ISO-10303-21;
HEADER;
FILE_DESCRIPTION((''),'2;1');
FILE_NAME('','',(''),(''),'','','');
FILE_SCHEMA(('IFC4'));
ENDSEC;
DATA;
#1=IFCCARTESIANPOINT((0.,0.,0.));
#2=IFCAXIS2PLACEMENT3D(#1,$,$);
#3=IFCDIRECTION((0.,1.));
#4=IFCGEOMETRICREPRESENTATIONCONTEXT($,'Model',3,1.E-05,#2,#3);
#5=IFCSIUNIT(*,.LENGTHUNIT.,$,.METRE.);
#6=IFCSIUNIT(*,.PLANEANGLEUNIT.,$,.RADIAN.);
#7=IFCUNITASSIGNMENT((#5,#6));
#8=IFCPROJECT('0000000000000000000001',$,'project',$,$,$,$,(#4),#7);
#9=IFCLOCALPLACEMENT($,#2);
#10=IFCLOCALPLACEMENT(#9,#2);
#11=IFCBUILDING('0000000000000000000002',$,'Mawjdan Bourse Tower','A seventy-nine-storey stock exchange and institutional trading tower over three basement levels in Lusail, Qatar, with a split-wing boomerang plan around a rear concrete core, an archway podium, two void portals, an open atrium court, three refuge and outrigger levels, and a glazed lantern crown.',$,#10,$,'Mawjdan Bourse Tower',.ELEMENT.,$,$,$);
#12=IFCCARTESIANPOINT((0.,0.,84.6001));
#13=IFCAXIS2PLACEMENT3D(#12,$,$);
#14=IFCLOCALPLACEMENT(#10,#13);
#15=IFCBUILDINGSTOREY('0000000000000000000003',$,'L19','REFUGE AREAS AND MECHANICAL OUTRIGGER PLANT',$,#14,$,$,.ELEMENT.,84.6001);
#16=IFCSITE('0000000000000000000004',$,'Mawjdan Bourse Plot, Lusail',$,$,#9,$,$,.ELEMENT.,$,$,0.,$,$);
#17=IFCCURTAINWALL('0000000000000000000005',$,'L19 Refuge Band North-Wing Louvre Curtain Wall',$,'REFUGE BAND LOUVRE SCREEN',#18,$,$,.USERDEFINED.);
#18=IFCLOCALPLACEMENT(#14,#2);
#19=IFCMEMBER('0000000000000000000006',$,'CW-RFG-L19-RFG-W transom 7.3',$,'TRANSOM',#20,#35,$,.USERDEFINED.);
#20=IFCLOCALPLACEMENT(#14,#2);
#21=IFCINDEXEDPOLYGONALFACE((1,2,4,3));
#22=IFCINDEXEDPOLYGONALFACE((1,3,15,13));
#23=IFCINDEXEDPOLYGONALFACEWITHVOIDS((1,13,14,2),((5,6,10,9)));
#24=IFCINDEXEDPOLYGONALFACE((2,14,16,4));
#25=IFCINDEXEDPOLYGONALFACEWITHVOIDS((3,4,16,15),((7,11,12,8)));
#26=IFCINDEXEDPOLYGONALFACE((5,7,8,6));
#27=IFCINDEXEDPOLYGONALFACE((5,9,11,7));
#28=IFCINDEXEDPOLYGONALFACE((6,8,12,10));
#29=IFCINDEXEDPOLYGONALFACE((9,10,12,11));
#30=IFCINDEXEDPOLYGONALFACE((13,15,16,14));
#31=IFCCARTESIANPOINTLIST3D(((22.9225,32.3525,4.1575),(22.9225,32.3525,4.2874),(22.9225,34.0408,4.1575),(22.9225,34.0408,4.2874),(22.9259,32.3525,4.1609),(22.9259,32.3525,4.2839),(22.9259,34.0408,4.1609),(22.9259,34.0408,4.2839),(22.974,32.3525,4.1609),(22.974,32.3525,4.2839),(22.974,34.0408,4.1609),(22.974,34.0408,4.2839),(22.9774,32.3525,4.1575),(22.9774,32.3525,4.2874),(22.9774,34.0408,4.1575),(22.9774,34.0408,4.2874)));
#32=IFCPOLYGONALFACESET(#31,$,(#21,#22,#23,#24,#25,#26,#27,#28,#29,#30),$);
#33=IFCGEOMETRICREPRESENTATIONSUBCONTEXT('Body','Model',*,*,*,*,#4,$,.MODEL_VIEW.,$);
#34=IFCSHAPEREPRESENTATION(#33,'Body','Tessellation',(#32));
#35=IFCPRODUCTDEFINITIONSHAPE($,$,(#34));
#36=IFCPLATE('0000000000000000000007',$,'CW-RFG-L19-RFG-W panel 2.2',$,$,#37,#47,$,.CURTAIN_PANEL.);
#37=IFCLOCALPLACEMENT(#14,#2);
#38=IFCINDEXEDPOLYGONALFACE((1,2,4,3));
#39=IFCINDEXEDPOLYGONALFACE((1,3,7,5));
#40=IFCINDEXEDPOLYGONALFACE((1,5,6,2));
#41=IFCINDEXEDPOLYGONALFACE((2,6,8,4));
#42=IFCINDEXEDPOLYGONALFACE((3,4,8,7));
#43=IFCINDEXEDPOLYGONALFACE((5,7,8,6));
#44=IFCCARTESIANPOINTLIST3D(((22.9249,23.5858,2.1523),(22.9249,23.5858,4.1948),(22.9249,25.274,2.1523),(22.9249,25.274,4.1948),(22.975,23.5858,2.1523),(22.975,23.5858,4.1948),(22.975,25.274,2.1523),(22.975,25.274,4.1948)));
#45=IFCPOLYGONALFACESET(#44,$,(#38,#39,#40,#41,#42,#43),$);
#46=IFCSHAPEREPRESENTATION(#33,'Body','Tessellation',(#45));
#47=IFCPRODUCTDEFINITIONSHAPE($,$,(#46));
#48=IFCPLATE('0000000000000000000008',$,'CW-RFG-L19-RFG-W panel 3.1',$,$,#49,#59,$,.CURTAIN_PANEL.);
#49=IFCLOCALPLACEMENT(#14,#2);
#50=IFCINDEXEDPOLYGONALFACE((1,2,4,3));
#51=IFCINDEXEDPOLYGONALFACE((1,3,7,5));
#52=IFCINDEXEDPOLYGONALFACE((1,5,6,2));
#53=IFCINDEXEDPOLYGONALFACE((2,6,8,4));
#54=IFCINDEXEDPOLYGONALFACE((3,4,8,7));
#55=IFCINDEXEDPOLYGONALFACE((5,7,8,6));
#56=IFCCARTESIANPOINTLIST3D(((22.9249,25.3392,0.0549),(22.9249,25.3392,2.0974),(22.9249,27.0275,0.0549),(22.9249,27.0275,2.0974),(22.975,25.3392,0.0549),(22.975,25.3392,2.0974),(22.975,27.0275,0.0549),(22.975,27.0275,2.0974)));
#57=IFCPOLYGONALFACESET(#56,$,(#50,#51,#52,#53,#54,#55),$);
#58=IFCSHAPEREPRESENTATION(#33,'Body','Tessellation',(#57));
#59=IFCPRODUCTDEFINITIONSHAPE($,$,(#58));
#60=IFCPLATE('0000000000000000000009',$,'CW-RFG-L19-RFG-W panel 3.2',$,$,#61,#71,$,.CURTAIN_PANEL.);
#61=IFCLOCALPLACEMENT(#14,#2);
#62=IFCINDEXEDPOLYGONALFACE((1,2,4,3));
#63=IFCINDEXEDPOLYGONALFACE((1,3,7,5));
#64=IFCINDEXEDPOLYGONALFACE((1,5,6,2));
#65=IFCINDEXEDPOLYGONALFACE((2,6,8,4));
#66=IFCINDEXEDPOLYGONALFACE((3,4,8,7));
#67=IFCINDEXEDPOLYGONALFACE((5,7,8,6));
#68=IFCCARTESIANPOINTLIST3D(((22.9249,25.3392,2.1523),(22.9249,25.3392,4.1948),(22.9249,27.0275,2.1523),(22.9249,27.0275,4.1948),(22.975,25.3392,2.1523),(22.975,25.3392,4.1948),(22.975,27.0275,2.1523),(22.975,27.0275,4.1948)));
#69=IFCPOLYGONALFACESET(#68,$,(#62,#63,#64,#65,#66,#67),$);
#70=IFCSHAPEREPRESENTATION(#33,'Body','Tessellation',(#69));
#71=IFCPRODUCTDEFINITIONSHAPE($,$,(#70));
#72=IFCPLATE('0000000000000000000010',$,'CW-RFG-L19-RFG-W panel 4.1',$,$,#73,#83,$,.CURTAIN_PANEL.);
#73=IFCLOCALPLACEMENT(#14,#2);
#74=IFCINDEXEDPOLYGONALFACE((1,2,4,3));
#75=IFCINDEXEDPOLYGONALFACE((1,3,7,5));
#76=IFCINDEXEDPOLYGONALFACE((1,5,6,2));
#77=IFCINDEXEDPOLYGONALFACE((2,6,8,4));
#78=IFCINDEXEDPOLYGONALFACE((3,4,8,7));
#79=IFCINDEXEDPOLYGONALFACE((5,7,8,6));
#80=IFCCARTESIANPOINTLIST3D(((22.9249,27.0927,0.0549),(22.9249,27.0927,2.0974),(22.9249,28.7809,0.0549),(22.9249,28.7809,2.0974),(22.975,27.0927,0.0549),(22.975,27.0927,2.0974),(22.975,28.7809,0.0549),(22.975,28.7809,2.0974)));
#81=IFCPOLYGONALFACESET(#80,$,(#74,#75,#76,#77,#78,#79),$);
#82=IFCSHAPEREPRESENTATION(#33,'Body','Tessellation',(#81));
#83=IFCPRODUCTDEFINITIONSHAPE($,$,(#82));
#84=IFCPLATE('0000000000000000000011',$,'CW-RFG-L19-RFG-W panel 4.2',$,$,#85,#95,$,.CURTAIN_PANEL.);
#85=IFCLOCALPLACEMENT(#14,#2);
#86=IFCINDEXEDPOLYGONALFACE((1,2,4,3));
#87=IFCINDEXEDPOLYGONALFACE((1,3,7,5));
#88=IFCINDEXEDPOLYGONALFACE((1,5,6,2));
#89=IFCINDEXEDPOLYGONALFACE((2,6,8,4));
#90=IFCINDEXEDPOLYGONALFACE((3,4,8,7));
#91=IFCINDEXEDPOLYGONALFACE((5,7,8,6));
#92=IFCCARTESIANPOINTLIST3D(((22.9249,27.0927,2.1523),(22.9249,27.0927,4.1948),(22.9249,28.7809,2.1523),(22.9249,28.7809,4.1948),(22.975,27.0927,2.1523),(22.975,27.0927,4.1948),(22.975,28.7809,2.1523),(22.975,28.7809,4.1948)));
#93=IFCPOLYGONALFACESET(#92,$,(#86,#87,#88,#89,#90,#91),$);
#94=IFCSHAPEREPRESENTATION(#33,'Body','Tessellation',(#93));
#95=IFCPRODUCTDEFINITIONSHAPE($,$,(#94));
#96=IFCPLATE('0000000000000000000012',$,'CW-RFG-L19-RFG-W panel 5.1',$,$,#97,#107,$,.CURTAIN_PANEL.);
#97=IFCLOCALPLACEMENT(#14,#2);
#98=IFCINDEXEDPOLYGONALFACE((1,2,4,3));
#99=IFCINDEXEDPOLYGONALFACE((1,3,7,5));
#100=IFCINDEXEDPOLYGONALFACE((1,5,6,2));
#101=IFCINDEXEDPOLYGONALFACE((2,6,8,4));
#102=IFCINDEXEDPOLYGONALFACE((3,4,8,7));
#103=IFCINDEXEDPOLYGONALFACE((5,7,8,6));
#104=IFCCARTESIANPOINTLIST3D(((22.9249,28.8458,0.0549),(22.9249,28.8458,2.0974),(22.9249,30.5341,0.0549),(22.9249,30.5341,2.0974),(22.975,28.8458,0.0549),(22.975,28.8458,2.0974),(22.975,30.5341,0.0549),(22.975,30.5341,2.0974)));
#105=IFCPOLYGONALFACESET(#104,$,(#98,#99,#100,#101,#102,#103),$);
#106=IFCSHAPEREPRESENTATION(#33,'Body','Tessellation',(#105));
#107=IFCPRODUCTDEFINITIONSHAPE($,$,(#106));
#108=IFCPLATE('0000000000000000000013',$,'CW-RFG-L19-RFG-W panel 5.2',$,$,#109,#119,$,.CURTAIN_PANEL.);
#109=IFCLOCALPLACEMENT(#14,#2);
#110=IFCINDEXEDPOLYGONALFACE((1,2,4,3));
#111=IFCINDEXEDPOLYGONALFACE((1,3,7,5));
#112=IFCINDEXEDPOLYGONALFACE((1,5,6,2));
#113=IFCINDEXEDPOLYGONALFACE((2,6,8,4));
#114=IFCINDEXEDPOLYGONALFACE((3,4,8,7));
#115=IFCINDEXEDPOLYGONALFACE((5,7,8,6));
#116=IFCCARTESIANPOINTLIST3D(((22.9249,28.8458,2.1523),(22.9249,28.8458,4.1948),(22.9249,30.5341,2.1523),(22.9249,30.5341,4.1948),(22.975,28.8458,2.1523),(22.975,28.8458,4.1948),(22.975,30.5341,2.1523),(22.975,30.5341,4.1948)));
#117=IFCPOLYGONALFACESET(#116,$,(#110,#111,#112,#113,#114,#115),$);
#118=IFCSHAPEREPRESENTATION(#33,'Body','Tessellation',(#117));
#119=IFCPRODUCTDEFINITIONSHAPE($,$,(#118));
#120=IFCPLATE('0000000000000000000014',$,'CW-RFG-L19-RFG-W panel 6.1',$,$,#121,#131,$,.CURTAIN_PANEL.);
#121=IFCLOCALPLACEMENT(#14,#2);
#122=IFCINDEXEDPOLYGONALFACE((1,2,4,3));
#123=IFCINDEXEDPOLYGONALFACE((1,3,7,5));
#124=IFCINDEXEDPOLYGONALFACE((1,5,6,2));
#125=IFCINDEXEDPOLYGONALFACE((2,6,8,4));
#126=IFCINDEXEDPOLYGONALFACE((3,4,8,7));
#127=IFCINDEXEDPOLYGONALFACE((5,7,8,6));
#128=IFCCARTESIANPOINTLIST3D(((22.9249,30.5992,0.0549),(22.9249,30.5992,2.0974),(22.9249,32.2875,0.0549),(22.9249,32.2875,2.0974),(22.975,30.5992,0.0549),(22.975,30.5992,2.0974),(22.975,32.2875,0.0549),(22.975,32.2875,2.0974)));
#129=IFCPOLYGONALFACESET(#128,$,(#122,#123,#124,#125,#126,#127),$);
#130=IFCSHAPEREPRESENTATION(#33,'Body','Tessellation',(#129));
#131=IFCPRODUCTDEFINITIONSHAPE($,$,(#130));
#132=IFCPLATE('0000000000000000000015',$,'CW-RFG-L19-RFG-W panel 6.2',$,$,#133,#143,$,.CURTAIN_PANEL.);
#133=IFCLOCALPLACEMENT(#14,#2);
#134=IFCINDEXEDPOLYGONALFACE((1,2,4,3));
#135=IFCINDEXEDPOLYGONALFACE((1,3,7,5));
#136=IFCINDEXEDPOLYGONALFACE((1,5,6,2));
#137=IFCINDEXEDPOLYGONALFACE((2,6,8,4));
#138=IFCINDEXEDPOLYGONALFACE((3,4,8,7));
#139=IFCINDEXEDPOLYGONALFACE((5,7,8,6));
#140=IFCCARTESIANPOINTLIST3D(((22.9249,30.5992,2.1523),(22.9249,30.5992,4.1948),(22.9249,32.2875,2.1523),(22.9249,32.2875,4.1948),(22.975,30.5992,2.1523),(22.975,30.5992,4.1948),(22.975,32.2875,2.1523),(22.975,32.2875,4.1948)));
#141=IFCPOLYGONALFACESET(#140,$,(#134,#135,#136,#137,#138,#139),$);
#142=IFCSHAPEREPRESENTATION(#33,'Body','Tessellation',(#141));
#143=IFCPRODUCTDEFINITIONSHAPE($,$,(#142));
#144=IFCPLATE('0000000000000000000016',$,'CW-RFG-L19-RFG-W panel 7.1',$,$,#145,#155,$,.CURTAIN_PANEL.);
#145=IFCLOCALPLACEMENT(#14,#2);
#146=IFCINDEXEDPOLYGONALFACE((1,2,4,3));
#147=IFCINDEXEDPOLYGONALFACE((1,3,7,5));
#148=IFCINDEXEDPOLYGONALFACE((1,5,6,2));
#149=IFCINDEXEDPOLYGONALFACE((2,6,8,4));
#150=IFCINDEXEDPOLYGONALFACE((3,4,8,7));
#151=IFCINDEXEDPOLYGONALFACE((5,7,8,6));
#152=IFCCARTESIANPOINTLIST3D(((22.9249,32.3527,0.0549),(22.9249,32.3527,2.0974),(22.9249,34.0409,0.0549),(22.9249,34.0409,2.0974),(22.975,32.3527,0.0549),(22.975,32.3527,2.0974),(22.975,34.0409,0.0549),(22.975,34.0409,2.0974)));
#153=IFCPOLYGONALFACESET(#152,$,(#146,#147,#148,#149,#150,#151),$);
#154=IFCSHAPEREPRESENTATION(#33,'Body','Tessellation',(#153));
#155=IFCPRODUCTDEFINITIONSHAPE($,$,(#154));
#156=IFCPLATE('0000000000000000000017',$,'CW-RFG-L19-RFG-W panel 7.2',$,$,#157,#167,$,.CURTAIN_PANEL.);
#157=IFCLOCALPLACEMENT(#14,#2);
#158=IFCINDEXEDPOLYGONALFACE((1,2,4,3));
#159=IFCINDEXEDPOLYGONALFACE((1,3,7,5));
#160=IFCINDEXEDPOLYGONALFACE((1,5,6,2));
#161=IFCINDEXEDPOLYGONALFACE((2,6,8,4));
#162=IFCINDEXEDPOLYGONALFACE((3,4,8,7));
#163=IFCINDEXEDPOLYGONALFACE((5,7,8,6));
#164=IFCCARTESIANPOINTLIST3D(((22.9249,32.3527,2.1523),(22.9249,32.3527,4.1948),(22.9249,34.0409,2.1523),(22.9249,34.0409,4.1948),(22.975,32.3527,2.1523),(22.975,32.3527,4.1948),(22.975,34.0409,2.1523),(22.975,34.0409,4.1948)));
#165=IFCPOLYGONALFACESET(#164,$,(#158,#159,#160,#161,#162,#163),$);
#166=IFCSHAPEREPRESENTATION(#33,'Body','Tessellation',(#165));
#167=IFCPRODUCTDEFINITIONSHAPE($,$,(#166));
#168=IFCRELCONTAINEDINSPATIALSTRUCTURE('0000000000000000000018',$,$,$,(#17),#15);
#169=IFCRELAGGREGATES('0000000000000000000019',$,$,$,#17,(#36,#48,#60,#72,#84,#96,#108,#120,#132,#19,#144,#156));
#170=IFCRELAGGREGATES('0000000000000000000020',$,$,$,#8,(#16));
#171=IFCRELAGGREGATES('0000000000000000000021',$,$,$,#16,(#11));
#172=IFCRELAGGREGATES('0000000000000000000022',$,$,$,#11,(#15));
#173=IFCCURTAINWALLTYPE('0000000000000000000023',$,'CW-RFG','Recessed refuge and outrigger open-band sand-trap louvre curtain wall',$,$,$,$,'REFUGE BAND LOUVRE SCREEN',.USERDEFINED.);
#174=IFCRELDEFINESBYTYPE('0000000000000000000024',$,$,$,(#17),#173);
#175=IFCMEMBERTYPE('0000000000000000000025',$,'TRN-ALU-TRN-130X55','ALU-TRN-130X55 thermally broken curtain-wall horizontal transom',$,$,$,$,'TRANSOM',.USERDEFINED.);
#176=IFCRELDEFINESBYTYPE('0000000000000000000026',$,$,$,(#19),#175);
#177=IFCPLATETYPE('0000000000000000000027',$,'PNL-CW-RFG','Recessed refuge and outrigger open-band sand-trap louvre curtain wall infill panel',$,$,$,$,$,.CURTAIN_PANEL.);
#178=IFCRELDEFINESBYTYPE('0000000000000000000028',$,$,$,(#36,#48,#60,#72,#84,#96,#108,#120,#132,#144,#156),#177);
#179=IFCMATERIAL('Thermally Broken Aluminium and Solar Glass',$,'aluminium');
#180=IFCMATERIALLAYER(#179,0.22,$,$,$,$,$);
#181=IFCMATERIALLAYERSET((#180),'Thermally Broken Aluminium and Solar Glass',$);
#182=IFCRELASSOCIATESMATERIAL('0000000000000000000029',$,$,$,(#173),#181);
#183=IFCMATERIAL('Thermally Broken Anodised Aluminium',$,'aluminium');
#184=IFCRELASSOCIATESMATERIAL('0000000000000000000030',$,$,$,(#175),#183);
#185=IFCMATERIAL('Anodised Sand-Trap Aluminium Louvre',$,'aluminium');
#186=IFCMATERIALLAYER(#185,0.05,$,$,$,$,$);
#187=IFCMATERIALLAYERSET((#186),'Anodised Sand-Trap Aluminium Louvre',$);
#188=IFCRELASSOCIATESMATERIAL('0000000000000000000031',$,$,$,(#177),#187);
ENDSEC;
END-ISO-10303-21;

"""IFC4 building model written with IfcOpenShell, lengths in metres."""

from ifc_helpers import new_model, si_unit, direction, frame, origin, origin_2d, place, context, subcontext, project, spatial, rectangle, hollow_rectangle, extrude, material, layer, layer_set, material_profile, profile_set, type_object, element, aggregate, save


model = new_model("IFC4")

# Units and contexts
model_context = context("Model", 3, precision=1e-05, world=origin(), true_north=direction((0.0, 1.0)))
body_context = subcontext(model_context, "Body", "Model", "MODEL_VIEW")
ifc_project = project(units=[si_unit("LENGTHUNIT", "METRE"), si_unit("PLANEANGLEUNIT", "RADIAN")], contexts=[model_context])

# Site, building, storey
site_placement = place(None, origin())
site = spatial("IfcSite", under=ifc_project, at=site_placement, Name="Mawjdan Bourse Plot, Lusail", CompositionType="ELEMENT", RefElevation=0.0)
building_placement = place(site_placement, origin())
building = spatial("IfcBuilding", under=site, at=building_placement, Name="Mawjdan Bourse Tower", Description="A seventy-nine-storey stock exchange and institutional trading tower over three basement levels in Lusail, Qatar, with a split-wing boomerang plan around a rear concrete core, an archway podium, two void portals, an open atrium court, three refuge and outrigger levels, and a glazed lantern crown.", LongName="Mawjdan Bourse Tower", CompositionType="ELEMENT")
storey_placement = place(building_placement, frame((0.0, 0.0, 84.6001)))
storey = spatial("IfcBuildingStorey", under=building, at=storey_placement, Name="L19", Description="REFUGE AREAS AND MECHANICAL OUTRIGGER PLANT", CompositionType="ELEMENT", Elevation=84.6001)

# Curtain wall
ifc_material_1 = material(Name="Thermally Broken Aluminium and Solar Glass", Category="aluminium")
ifc_layer_1 = layer(ifc_material_1, 0.22)
ifc_layer_set_1 = layer_set([ifc_layer_1], Name="Thermally Broken Aluminium and Solar Glass")
curtain_wall_type = type_object("IfcCurtainWallType", Name="CW-RFG", Description="Recessed refuge and outrigger open-band sand-trap louvre curtain wall", ElementType="REFUGE BAND LOUVRE SCREEN", PredefinedType="USERDEFINED", material=ifc_layer_set_1)
curtain_wall_placement = place(storey_placement, origin())
curtain_wall = element("IfcCurtainWall", 1, at=curtain_wall_placement, inside=storey, type_object=curtain_wall_type, Name="L19 Refuge Band North-Wing Louvre Curtain Wall", ObjectType="REFUGE BAND LOUVRE SCREEN", PredefinedType="USERDEFINED")
ifc_material_2 = material(Name="Thermally Broken Anodised Aluminium", Category="aluminium")

# Member
ifc_material_profile_1 = material_profile(ifc_material_2, hollow_rectangle(XDim=0.0549, YDim=0.1299, WallThickness=0.0034, at=origin_2d()), Name="ALU-TRN-130X55")
ifc_profile_set_1 = profile_set([ifc_material_profile_1], Name="Thermally Broken Anodised Aluminium")
member_type_1 = type_object("IfcMemberType", Name="TRN-ALU-TRN-130X55", Description="ALU-TRN-130X55 thermally broken curtain-wall horizontal transom", ElementType="TRANSOM", PredefinedType="USERDEFINED", material=ifc_profile_set_1)
member_1_placement = place(storey_placement, frame((22.95, 32.3525, 4.2224), z_axis=(0.0, 1.0, 0.0), x_axis=(-1.0, 0.0, 0.0)))
member_1 = element("IfcMember", 2, at=member_1_placement, type_object=member_type_1, Name="CW-RFG-L19-RFG-W transom 7.3", ObjectType="TRANSOM", PredefinedType="USERDEFINED", context=body_context, shape_type="SweptSolid", body=[
    extrude(hollow_rectangle(XDim=0.0549, YDim=0.1299, WallThickness=0.0034, at=origin_2d()), origin(), (0.0, 0.0, 1.0), 1.6882),
])

# Plates
ifc_material_3 = material(Name="Anodised Sand-Trap Aluminium Louvre", Category="aluminium")
ifc_layer_2 = layer(ifc_material_3, 0.05)
ifc_layer_set_2 = layer_set([ifc_layer_2], Name="Anodised Sand-Trap Aluminium Louvre")
plate_type = type_object("IfcPlateType", Name="PNL-CW-RFG", Description="Recessed refuge and outrigger open-band sand-trap louvre curtain wall infill panel", PredefinedType="CURTAIN_PANEL", material=ifc_layer_set_2)
plate_1_placement = place(storey_placement, frame((22.95, 24.4299, 2.1523), z_axis=(0.0, 0.0, 1.0), x_axis=(0.0, 1.0, 0.0)))
plate_1 = element("IfcPlate", 3, at=plate_1_placement, type_object=plate_type, Name="CW-RFG-L19-RFG-W panel 2.2", PredefinedType="CURTAIN_PANEL", context=body_context, shape_type="SweptSolid", body=[
    extrude(rectangle(XDim=1.6882, YDim=0.05, at=origin_2d()), origin(), (0.0, 0.0, 1.0), 2.0425),
])
plate_2_placement = place(storey_placement, frame((22.95, 26.1833, 0.0549), z_axis=(0.0, 0.0, 1.0), x_axis=(0.0, 1.0, 0.0)))
plate_2 = element("IfcPlate", 4, at=plate_2_placement, type_object=plate_type, Name="CW-RFG-L19-RFG-W panel 3.1", PredefinedType="CURTAIN_PANEL", context=body_context, shape_type="SweptSolid", body=[
    extrude(rectangle(XDim=1.6882, YDim=0.05, at=origin_2d()), origin(), (0.0, 0.0, 1.0), 2.0425),
])
plate_3_placement = place(storey_placement, frame((22.95, 26.1833, 2.1523), z_axis=(0.0, 0.0, 1.0), x_axis=(0.0, 1.0, 0.0)))
plate_3 = element("IfcPlate", 5, at=plate_3_placement, type_object=plate_type, Name="CW-RFG-L19-RFG-W panel 3.2", PredefinedType="CURTAIN_PANEL", context=body_context, shape_type="SweptSolid", body=[
    extrude(rectangle(XDim=1.6882, YDim=0.05, at=origin_2d()), origin(), (0.0, 0.0, 1.0), 2.0425),
])
plate_4_placement = place(storey_placement, frame((22.95, 27.9368, 0.0549), z_axis=(0.0, 0.0, 1.0), x_axis=(0.0, 1.0, 0.0)))
plate_4 = element("IfcPlate", 6, at=plate_4_placement, type_object=plate_type, Name="CW-RFG-L19-RFG-W panel 4.1", PredefinedType="CURTAIN_PANEL", context=body_context, shape_type="SweptSolid", body=[
    extrude(rectangle(XDim=1.6882, YDim=0.05, at=origin_2d()), origin(), (0.0, 0.0, 1.0), 2.0425),
])
plate_5_placement = place(storey_placement, frame((22.95, 27.9368, 2.1523), z_axis=(0.0, 0.0, 1.0), x_axis=(0.0, 1.0, 0.0)))
plate_5 = element("IfcPlate", 7, at=plate_5_placement, type_object=plate_type, Name="CW-RFG-L19-RFG-W panel 4.2", PredefinedType="CURTAIN_PANEL", context=body_context, shape_type="SweptSolid", body=[
    extrude(rectangle(XDim=1.6882, YDim=0.05, at=origin_2d()), origin(), (0.0, 0.0, 1.0), 2.0425),
])
plate_6_placement = place(storey_placement, frame((22.95, 29.6899, 0.0549), z_axis=(0.0, 0.0, 1.0), x_axis=(0.0, 1.0, 0.0)))
plate_6 = element("IfcPlate", 8, at=plate_6_placement, type_object=plate_type, Name="CW-RFG-L19-RFG-W panel 5.1", PredefinedType="CURTAIN_PANEL", context=body_context, shape_type="SweptSolid", body=[
    extrude(rectangle(XDim=1.6882, YDim=0.05, at=origin_2d()), origin(), (0.0, 0.0, 1.0), 2.0425),
])
plate_7_placement = place(storey_placement, frame((22.95, 29.6899, 2.1523), z_axis=(0.0, 0.0, 1.0), x_axis=(0.0, 1.0, 0.0)))
plate_7 = element("IfcPlate", 9, at=plate_7_placement, type_object=plate_type, Name="CW-RFG-L19-RFG-W panel 5.2", PredefinedType="CURTAIN_PANEL", context=body_context, shape_type="SweptSolid", body=[
    extrude(rectangle(XDim=1.6882, YDim=0.05, at=origin_2d()), origin(), (0.0, 0.0, 1.0), 2.0425),
])
plate_8_placement = place(storey_placement, frame((22.95, 31.4434, 0.0549), z_axis=(0.0, 0.0, 1.0), x_axis=(0.0, 1.0, 0.0)))
plate_8 = element("IfcPlate", 10, at=plate_8_placement, type_object=plate_type, Name="CW-RFG-L19-RFG-W panel 6.1", PredefinedType="CURTAIN_PANEL", context=body_context, shape_type="SweptSolid", body=[
    extrude(rectangle(XDim=1.6882, YDim=0.05, at=origin_2d()), origin(), (0.0, 0.0, 1.0), 2.0425),
])
plate_9_placement = place(storey_placement, frame((22.95, 31.4434, 2.1523), z_axis=(0.0, 0.0, 1.0), x_axis=(0.0, 1.0, 0.0)))
plate_9 = element("IfcPlate", 11, at=plate_9_placement, type_object=plate_type, Name="CW-RFG-L19-RFG-W panel 6.2", PredefinedType="CURTAIN_PANEL", context=body_context, shape_type="SweptSolid", body=[
    extrude(rectangle(XDim=1.6882, YDim=0.05, at=origin_2d()), origin(), (0.0, 0.0, 1.0), 2.0425),
])
plate_10_placement = place(storey_placement, frame((22.95, 33.1968, 0.0549), z_axis=(0.0, 0.0, 1.0), x_axis=(0.0, 1.0, 0.0)))
plate_10 = element("IfcPlate", 12, at=plate_10_placement, type_object=plate_type, Name="CW-RFG-L19-RFG-W panel 7.1", PredefinedType="CURTAIN_PANEL", context=body_context, shape_type="SweptSolid", body=[
    extrude(rectangle(XDim=1.6882, YDim=0.05, at=origin_2d()), origin(), (0.0, 0.0, 1.0), 2.0425),
])
plate_11_placement = place(storey_placement, frame((22.95, 33.1968, 2.1523), z_axis=(0.0, 0.0, 1.0), x_axis=(0.0, 1.0, 0.0)))
plate_11 = element("IfcPlate", 13, at=plate_11_placement, type_object=plate_type, Name="CW-RFG-L19-RFG-W panel 7.2", PredefinedType="CURTAIN_PANEL", context=body_context, shape_type="SweptSolid", body=[
    extrude(rectangle(XDim=1.6882, YDim=0.05, at=origin_2d()), origin(), (0.0, 0.0, 1.0), 2.0425),
])
aggregate(curtain_wall, [plate_1, plate_2, plate_3, plate_4, plate_5, plate_6, plate_7, plate_8, plate_9, member_1, plate_10, plate_11])

save(model, "model.ifc")
